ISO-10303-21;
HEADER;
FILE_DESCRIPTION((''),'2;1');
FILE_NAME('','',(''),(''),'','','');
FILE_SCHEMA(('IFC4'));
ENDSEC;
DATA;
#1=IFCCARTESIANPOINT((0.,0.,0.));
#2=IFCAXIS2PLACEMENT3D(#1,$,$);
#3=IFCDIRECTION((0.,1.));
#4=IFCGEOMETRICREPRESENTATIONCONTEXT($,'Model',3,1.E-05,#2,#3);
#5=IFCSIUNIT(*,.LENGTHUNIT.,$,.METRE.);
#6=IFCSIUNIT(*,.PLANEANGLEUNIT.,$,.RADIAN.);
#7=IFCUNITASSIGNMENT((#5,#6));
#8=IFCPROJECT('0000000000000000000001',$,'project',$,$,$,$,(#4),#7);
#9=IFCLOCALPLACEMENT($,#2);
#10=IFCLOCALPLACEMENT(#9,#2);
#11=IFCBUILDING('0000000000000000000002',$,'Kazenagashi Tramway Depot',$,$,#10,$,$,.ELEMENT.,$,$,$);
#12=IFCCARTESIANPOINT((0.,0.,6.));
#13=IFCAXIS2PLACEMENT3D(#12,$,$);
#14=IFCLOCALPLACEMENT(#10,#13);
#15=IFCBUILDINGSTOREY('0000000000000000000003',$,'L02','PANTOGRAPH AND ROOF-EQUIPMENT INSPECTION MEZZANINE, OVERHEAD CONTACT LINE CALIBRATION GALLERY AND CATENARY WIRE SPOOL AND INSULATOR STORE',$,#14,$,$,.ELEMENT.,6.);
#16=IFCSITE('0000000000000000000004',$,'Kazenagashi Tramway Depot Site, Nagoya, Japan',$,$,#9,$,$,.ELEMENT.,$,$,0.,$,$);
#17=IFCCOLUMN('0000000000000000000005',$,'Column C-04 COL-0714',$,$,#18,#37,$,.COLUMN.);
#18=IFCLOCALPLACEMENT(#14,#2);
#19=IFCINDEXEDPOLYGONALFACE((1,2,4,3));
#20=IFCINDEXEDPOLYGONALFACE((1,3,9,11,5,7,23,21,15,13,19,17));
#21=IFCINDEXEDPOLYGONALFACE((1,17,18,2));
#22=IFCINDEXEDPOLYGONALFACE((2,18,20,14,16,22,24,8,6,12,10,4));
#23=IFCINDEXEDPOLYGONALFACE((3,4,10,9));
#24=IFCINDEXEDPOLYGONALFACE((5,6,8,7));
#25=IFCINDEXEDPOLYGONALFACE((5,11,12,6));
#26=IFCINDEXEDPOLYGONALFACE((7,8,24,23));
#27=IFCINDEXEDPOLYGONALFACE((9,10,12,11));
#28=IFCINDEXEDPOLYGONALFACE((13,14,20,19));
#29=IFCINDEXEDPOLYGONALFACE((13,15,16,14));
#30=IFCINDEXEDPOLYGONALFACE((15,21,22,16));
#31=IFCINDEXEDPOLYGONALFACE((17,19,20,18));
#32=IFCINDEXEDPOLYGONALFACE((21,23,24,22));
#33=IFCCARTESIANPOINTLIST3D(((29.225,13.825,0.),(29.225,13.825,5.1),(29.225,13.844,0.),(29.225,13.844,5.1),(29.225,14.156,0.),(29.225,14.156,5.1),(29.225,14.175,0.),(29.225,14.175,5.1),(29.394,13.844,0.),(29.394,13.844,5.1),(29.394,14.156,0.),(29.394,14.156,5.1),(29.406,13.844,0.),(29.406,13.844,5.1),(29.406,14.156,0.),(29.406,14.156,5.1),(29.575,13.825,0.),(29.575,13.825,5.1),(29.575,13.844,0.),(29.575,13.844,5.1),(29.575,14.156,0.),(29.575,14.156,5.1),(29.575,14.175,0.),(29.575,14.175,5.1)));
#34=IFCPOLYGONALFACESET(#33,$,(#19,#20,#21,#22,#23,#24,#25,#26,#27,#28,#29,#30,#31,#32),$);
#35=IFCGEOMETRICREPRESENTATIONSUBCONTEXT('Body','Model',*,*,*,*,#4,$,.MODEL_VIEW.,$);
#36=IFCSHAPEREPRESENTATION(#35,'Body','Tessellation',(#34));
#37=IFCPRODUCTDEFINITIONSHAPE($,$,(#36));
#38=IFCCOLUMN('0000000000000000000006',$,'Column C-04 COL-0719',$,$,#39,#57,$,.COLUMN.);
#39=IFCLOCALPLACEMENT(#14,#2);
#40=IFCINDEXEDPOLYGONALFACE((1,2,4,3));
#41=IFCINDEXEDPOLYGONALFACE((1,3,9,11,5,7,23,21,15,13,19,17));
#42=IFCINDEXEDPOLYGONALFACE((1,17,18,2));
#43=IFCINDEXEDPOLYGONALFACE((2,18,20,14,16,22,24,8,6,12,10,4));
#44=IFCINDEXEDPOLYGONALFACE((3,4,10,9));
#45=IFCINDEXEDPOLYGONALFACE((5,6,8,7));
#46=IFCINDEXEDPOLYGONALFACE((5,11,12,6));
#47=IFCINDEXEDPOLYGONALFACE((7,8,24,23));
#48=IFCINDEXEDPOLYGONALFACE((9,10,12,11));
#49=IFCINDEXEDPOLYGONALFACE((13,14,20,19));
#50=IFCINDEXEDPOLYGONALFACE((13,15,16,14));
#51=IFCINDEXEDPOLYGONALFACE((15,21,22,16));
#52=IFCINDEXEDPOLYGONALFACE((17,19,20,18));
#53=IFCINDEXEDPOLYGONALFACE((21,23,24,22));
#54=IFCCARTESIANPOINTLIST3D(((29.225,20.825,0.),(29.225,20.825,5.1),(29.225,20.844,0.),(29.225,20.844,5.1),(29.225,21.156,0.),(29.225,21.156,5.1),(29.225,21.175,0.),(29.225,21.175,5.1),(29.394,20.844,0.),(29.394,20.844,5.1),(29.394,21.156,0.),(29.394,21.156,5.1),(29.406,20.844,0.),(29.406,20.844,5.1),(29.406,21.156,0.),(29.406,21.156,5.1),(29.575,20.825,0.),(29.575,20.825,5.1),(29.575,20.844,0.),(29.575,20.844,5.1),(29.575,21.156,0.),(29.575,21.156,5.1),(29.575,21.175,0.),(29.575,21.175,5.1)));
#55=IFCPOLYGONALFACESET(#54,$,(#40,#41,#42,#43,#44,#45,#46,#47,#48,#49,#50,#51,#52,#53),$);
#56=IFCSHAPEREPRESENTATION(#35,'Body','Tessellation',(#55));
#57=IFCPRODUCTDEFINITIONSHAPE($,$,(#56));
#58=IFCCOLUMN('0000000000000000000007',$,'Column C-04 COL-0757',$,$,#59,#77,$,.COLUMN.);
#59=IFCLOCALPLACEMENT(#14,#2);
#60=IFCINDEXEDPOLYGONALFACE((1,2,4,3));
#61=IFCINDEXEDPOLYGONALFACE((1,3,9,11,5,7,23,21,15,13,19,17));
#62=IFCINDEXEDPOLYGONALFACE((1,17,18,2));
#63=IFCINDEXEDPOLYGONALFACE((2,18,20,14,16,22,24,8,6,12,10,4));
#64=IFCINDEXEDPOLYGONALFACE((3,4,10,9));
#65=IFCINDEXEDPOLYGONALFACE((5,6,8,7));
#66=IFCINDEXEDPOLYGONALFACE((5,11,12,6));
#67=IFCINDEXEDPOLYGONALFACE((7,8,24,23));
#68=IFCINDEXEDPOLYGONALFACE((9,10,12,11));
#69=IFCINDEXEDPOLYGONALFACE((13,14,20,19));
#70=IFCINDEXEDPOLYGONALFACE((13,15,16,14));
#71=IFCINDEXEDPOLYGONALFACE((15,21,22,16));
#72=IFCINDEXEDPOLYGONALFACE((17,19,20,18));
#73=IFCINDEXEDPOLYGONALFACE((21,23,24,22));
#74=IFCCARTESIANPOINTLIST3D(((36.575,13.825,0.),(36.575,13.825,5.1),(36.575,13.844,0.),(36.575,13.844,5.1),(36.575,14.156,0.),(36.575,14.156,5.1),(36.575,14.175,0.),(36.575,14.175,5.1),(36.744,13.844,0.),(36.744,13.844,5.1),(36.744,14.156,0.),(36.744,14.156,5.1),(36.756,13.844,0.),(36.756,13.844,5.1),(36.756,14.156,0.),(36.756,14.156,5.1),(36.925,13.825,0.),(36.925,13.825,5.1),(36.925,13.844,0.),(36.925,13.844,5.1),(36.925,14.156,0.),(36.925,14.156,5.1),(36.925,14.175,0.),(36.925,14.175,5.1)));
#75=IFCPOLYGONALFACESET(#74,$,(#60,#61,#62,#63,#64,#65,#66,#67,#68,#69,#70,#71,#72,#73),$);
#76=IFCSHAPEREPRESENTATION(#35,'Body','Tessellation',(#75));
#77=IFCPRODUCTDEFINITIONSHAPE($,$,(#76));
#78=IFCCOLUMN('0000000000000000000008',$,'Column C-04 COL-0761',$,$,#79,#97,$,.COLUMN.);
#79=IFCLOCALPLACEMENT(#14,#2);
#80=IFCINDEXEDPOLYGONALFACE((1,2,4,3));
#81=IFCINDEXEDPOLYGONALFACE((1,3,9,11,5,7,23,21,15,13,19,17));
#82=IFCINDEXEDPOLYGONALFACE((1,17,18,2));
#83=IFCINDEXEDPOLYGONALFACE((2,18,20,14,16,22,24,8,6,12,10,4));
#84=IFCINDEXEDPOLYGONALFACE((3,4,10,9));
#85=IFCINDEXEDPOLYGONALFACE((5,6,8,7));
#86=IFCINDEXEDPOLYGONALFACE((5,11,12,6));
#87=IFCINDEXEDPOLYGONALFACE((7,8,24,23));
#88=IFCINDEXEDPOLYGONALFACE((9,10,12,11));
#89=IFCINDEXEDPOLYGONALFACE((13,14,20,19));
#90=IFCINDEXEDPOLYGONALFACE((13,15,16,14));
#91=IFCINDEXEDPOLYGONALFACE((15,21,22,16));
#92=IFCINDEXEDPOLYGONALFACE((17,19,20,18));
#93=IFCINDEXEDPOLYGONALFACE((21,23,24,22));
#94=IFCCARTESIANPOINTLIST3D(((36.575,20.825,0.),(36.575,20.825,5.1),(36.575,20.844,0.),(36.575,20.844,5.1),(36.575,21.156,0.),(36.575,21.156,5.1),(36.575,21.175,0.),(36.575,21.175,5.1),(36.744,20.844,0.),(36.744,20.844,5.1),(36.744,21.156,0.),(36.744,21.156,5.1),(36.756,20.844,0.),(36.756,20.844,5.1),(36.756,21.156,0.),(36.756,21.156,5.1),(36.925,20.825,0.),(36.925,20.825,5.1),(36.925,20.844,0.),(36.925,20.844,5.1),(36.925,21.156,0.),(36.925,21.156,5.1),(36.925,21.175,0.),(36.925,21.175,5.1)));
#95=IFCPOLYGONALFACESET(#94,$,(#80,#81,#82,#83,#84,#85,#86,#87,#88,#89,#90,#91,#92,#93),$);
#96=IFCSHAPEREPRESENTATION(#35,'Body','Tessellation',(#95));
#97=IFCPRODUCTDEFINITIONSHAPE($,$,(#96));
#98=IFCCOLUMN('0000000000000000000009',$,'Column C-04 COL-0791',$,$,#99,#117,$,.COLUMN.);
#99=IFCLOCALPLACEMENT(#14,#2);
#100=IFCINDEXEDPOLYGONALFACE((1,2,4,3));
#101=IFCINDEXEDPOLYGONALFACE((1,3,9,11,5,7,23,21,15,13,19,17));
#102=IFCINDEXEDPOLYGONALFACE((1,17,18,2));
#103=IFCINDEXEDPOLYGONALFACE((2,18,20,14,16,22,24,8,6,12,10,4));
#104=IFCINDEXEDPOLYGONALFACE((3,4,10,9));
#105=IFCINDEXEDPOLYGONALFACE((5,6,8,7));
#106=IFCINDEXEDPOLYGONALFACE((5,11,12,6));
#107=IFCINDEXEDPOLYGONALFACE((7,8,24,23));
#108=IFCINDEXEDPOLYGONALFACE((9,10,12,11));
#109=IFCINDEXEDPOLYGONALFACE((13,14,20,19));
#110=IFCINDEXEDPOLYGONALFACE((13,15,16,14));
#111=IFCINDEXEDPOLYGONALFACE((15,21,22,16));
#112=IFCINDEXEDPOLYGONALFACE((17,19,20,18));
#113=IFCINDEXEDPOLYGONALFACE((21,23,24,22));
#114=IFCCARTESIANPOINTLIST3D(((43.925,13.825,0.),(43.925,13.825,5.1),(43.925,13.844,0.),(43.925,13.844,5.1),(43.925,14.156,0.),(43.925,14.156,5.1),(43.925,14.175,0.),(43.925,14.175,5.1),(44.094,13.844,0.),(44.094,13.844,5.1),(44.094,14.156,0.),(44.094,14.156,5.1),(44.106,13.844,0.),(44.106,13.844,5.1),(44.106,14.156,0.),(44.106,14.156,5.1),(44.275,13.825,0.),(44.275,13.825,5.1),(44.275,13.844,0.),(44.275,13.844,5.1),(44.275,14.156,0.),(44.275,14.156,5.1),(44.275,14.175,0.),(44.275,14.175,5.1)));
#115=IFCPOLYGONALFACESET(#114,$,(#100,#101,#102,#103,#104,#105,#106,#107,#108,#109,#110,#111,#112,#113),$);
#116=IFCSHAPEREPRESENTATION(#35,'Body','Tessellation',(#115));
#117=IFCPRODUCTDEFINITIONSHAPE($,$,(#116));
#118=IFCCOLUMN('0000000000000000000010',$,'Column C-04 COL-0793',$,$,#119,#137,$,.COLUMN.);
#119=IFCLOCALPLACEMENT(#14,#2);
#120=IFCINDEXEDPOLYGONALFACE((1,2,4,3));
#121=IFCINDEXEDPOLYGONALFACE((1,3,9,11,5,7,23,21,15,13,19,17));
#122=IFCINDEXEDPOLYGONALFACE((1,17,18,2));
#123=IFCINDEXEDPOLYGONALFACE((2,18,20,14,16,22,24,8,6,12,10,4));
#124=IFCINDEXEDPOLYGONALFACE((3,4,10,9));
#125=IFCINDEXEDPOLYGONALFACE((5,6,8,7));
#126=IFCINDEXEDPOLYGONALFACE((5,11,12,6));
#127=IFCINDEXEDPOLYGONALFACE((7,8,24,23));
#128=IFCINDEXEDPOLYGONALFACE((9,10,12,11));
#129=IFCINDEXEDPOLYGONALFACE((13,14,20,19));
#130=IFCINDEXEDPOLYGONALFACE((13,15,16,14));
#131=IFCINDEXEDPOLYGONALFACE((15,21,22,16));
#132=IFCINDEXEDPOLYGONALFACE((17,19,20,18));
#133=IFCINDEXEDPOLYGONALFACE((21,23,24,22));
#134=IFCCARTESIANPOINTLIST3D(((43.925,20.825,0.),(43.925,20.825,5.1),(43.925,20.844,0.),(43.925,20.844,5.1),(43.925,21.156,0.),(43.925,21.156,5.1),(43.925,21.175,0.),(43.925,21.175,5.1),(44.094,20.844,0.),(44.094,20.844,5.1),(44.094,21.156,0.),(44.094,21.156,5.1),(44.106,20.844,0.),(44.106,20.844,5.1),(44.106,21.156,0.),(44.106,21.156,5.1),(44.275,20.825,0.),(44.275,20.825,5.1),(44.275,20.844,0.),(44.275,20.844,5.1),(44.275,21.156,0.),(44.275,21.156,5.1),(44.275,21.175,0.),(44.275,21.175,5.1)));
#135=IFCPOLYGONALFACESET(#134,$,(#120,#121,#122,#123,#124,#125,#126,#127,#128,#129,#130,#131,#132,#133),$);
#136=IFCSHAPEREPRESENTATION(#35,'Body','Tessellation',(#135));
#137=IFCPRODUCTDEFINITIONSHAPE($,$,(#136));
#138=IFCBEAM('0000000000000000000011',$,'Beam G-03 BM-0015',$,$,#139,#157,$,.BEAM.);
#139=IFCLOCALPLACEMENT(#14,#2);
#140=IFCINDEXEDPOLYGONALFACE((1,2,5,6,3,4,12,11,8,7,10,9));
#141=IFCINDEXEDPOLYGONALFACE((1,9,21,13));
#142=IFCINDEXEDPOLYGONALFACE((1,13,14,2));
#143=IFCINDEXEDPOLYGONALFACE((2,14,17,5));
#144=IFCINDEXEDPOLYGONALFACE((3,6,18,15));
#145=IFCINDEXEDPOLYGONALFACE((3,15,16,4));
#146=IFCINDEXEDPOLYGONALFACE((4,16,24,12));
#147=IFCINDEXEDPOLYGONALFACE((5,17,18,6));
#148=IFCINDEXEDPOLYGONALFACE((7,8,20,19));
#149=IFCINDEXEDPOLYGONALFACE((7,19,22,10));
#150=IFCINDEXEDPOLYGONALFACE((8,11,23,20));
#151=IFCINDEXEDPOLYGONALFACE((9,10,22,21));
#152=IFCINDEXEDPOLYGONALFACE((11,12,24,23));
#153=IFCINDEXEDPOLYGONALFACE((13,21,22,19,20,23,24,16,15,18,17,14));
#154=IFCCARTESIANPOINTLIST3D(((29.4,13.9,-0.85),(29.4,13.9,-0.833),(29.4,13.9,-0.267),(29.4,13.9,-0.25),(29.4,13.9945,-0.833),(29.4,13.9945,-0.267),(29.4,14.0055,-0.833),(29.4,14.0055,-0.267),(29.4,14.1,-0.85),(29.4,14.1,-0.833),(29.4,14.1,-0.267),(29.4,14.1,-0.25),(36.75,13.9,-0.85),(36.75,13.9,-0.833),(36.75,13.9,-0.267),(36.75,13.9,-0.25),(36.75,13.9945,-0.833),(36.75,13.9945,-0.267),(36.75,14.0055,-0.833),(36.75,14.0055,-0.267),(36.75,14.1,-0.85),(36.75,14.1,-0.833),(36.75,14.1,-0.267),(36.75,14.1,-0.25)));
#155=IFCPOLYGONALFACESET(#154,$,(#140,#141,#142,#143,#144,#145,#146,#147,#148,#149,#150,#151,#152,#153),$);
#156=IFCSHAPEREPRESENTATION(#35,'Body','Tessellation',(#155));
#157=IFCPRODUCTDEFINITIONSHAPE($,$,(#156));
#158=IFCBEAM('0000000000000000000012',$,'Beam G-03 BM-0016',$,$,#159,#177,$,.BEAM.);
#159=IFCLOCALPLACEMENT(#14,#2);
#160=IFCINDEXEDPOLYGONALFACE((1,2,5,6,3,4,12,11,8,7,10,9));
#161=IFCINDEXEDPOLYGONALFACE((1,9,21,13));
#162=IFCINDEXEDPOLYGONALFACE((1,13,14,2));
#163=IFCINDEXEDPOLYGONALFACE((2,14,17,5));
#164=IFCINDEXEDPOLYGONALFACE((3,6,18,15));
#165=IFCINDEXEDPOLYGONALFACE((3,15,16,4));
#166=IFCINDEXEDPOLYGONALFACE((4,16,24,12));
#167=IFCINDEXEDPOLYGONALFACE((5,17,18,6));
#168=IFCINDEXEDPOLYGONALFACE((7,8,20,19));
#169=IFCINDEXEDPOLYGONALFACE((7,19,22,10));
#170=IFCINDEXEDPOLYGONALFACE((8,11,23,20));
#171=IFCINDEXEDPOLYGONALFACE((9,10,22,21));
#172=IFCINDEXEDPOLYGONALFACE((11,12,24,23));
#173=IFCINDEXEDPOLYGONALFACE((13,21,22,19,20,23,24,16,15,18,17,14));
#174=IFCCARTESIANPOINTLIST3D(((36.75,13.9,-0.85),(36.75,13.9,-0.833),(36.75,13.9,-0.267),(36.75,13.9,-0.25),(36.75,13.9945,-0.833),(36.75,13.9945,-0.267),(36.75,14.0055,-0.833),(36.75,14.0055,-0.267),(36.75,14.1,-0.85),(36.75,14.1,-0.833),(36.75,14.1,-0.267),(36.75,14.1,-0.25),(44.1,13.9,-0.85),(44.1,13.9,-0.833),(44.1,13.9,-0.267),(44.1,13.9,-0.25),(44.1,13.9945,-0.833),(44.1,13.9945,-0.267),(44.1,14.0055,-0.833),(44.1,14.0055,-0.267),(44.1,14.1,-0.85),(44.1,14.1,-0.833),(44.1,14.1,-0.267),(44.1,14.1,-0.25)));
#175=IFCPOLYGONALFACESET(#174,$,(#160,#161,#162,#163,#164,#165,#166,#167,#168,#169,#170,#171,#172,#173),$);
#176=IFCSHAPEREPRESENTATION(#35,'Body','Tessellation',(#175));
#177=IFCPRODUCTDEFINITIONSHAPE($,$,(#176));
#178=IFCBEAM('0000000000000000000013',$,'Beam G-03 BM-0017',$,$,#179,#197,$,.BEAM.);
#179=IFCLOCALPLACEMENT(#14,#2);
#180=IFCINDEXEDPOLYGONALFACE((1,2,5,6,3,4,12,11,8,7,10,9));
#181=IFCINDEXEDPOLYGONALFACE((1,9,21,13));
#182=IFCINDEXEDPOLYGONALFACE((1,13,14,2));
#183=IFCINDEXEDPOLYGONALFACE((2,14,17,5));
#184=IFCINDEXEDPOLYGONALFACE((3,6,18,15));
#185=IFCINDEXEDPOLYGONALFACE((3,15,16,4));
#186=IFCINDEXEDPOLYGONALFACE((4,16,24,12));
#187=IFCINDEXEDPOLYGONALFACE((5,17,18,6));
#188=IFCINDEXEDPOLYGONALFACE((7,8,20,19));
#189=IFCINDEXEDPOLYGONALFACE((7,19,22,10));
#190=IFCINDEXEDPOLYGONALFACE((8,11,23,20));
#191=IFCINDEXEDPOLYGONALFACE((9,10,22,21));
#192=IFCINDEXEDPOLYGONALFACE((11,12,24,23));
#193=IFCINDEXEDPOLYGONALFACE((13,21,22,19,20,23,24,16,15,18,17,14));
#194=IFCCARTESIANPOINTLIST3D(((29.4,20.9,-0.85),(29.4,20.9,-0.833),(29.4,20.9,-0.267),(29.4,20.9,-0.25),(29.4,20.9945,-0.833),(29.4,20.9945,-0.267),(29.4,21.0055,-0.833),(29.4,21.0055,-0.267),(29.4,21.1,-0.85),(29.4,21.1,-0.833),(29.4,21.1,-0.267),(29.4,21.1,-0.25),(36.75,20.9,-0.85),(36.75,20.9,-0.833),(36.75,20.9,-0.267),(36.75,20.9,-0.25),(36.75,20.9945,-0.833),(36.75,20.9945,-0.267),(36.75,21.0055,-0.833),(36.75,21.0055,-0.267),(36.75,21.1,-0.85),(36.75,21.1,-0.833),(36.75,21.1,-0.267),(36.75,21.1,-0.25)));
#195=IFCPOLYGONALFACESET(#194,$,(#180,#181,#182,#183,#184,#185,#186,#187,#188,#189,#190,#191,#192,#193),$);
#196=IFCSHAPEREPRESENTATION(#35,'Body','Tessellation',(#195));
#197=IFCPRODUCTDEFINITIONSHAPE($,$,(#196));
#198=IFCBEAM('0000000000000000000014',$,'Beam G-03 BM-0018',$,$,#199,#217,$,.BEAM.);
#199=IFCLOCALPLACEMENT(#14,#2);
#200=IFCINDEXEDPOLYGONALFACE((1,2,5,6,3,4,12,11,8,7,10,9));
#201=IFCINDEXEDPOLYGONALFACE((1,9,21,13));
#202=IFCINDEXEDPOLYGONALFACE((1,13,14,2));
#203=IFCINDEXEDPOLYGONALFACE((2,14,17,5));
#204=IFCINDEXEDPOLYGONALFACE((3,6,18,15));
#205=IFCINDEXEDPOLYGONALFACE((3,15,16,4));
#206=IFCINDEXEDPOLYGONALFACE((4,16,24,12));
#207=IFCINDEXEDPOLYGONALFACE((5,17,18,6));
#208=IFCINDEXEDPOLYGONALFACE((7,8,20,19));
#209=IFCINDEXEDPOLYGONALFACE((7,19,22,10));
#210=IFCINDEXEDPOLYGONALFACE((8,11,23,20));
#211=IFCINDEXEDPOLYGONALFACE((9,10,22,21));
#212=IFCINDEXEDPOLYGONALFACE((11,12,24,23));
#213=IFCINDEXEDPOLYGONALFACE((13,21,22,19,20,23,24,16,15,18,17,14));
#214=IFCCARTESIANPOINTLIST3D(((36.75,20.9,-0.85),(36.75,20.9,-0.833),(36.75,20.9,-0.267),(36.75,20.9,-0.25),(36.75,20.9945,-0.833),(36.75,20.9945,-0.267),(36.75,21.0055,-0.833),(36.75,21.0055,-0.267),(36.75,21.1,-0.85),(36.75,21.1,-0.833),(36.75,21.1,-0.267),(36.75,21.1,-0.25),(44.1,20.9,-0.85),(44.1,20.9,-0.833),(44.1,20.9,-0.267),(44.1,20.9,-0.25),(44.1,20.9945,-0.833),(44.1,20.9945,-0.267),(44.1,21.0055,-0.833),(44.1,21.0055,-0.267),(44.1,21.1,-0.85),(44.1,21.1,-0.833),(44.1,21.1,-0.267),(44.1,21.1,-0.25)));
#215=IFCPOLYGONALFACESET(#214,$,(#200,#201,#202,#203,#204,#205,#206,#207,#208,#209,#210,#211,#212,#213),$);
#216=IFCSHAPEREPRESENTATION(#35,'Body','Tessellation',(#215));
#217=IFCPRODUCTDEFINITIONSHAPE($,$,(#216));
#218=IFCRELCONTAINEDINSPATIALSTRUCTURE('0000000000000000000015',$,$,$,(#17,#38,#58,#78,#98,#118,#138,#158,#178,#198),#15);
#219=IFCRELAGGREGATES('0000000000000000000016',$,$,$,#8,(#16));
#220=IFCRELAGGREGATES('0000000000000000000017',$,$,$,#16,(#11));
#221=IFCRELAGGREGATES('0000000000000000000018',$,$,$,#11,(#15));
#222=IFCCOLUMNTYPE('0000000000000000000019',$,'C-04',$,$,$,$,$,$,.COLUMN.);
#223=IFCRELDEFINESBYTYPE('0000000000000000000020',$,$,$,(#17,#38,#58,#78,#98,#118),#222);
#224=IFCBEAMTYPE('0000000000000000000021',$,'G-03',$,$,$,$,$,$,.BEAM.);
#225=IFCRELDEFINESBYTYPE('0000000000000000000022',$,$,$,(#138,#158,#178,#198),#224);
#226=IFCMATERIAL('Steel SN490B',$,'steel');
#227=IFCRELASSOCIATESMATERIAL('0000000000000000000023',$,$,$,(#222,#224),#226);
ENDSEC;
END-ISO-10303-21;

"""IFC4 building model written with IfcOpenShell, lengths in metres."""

from ifc_helpers import new_model, si_unit, direction, frame, origin, origin_2d, place, context, subcontext, project, spatial, i_section, extrude, material, material_profile, profile_set, type_object, element, save


model = new_model("IFC4")

# Units and contexts
model_context = context("Model", 3, precision=1e-05, world=origin(), true_north=direction((0.0, 1.0)))
body_context = subcontext(model_context, "Body", "Model", "MODEL_VIEW")
ifc_project = project(units=[si_unit("LENGTHUNIT", "METRE"), si_unit("PLANEANGLEUNIT", "RADIAN")], contexts=[model_context])

# Site, building, storey
site_placement = place(None, origin())
site = spatial("IfcSite", under=ifc_project, at=site_placement, Name="Kazenagashi Tramway Depot Site, Nagoya, Japan", CompositionType="ELEMENT", RefElevation=0.0)
building_placement = place(site_placement, origin())
building = spatial("IfcBuilding", under=site, at=building_placement, Name="Kazenagashi Tramway Depot", CompositionType="ELEMENT")
storey_placement = place(building_placement, frame((0.0, 0.0, 6.0)))
storey = spatial("IfcBuildingStorey", under=building, at=storey_placement, Name="L02", Description="PANTOGRAPH AND ROOF-EQUIPMENT INSPECTION MEZZANINE, OVERHEAD CONTACT LINE CALIBRATION GALLERY AND CATENARY WIRE SPOOL AND INSULATOR STORE", CompositionType="ELEMENT", Elevation=6.0)

# Columns
ifc_material_1 = material(Name="Steel SN490B", Category="steel")
ifc_material_profile_1 = material_profile(ifc_material_1, i_section(OverallWidth=0.35, OverallDepth=0.35, WebThickness=0.012, FlangeThickness=0.019, at=origin_2d()), Name="H-350x350x12x19")
ifc_profile_set_1 = profile_set([ifc_material_profile_1], Name="Steel SN490B")
column_type = type_object("IfcColumnType", Name="C-04", PredefinedType="COLUMN", material=ifc_profile_set_1)
for number, where, z_axis, x_axis, name in (
    (1, (29.4, 14.0, 0.0), (0.0, 0.0, 1.0), (1.0, 0.0, 0.0), "Column C-04 COL-0714"),
    (2, (29.4, 21.0, 0.0), (0.0, 0.0, 1.0), (1.0, 0.0, 0.0), "Column C-04 COL-0719"),
    (3, (36.75, 14.0, 0.0), (0.0, 0.0, 1.0), (1.0, 0.0, 0.0), "Column C-04 COL-0757"),
    (4, (36.75, 21.0, 0.0), (0.0, 0.0, 1.0), (1.0, 0.0, 0.0), "Column C-04 COL-0761"),
    (5, (44.1, 14.0, 0.0), (0.0, 0.0, 1.0), (1.0, 0.0, 0.0), "Column C-04 COL-0791"),
    (6, (44.1, 21.0, 0.0), (0.0, 0.0, 1.0), (1.0, 0.0, 0.0), "Column C-04 COL-0793"),
):
    element("IfcColumn", number, at=place(storey_placement, frame(where, z_axis=z_axis, x_axis=x_axis)), inside=storey, type_object=column_type, Name=name, PredefinedType="COLUMN", context=body_context, shape_type="SweptSolid", body=[
        extrude(i_section(OverallWidth=0.35, OverallDepth=0.35, WebThickness=0.012, FlangeThickness=0.019, at=origin_2d()), origin(), (0.0, 0.0, 1.0), 5.1),
    ])

# Beams
ifc_material_profile_2 = material_profile(ifc_material_1, i_section(OverallWidth=0.2, OverallDepth=0.6, WebThickness=0.011, FlangeThickness=0.017, at=origin_2d()), Name="H-600x200x11x17")
ifc_profile_set_2 = profile_set([ifc_material_profile_2], Name="Steel SN490B")
beam_type_1 = type_object("IfcBeamType", Name="G-03", PredefinedType="BEAM", material=ifc_profile_set_2)
for number, where, z_axis, x_axis, name in (
    (7, (29.4, 14.0, -0.55), (1.0, 0.0, 0.0), (0.0, 1.0, 0.0), "Beam G-03 BM-0015"),
    (8, (36.75, 14.0, -0.55), (1.0, 0.0, 0.0), (0.0, 1.0, 0.0), "Beam G-03 BM-0016"),
    (9, (29.4, 21.0, -0.55), (1.0, 0.0, 0.0), (0.0, 1.0, 0.0), "Beam G-03 BM-0017"),
    (10, (36.75, 21.0, -0.55), (1.0, 0.0, 0.0), (0.0, 1.0, 0.0), "Beam G-03 BM-0018"),
):
    element("IfcBeam", number, at=place(storey_placement, frame(where, z_axis=z_axis, x_axis=x_axis)), inside=storey, type_object=beam_type_1, Name=name, PredefinedType="BEAM", context=body_context, shape_type="SweptSolid", body=[
        extrude(i_section(OverallWidth=0.2, OverallDepth=0.6, WebThickness=0.011, FlangeThickness=0.017, at=origin_2d()), origin(), (0.0, 0.0, 1.0), 7.35),
    ])

save(model, "model.ifc")
